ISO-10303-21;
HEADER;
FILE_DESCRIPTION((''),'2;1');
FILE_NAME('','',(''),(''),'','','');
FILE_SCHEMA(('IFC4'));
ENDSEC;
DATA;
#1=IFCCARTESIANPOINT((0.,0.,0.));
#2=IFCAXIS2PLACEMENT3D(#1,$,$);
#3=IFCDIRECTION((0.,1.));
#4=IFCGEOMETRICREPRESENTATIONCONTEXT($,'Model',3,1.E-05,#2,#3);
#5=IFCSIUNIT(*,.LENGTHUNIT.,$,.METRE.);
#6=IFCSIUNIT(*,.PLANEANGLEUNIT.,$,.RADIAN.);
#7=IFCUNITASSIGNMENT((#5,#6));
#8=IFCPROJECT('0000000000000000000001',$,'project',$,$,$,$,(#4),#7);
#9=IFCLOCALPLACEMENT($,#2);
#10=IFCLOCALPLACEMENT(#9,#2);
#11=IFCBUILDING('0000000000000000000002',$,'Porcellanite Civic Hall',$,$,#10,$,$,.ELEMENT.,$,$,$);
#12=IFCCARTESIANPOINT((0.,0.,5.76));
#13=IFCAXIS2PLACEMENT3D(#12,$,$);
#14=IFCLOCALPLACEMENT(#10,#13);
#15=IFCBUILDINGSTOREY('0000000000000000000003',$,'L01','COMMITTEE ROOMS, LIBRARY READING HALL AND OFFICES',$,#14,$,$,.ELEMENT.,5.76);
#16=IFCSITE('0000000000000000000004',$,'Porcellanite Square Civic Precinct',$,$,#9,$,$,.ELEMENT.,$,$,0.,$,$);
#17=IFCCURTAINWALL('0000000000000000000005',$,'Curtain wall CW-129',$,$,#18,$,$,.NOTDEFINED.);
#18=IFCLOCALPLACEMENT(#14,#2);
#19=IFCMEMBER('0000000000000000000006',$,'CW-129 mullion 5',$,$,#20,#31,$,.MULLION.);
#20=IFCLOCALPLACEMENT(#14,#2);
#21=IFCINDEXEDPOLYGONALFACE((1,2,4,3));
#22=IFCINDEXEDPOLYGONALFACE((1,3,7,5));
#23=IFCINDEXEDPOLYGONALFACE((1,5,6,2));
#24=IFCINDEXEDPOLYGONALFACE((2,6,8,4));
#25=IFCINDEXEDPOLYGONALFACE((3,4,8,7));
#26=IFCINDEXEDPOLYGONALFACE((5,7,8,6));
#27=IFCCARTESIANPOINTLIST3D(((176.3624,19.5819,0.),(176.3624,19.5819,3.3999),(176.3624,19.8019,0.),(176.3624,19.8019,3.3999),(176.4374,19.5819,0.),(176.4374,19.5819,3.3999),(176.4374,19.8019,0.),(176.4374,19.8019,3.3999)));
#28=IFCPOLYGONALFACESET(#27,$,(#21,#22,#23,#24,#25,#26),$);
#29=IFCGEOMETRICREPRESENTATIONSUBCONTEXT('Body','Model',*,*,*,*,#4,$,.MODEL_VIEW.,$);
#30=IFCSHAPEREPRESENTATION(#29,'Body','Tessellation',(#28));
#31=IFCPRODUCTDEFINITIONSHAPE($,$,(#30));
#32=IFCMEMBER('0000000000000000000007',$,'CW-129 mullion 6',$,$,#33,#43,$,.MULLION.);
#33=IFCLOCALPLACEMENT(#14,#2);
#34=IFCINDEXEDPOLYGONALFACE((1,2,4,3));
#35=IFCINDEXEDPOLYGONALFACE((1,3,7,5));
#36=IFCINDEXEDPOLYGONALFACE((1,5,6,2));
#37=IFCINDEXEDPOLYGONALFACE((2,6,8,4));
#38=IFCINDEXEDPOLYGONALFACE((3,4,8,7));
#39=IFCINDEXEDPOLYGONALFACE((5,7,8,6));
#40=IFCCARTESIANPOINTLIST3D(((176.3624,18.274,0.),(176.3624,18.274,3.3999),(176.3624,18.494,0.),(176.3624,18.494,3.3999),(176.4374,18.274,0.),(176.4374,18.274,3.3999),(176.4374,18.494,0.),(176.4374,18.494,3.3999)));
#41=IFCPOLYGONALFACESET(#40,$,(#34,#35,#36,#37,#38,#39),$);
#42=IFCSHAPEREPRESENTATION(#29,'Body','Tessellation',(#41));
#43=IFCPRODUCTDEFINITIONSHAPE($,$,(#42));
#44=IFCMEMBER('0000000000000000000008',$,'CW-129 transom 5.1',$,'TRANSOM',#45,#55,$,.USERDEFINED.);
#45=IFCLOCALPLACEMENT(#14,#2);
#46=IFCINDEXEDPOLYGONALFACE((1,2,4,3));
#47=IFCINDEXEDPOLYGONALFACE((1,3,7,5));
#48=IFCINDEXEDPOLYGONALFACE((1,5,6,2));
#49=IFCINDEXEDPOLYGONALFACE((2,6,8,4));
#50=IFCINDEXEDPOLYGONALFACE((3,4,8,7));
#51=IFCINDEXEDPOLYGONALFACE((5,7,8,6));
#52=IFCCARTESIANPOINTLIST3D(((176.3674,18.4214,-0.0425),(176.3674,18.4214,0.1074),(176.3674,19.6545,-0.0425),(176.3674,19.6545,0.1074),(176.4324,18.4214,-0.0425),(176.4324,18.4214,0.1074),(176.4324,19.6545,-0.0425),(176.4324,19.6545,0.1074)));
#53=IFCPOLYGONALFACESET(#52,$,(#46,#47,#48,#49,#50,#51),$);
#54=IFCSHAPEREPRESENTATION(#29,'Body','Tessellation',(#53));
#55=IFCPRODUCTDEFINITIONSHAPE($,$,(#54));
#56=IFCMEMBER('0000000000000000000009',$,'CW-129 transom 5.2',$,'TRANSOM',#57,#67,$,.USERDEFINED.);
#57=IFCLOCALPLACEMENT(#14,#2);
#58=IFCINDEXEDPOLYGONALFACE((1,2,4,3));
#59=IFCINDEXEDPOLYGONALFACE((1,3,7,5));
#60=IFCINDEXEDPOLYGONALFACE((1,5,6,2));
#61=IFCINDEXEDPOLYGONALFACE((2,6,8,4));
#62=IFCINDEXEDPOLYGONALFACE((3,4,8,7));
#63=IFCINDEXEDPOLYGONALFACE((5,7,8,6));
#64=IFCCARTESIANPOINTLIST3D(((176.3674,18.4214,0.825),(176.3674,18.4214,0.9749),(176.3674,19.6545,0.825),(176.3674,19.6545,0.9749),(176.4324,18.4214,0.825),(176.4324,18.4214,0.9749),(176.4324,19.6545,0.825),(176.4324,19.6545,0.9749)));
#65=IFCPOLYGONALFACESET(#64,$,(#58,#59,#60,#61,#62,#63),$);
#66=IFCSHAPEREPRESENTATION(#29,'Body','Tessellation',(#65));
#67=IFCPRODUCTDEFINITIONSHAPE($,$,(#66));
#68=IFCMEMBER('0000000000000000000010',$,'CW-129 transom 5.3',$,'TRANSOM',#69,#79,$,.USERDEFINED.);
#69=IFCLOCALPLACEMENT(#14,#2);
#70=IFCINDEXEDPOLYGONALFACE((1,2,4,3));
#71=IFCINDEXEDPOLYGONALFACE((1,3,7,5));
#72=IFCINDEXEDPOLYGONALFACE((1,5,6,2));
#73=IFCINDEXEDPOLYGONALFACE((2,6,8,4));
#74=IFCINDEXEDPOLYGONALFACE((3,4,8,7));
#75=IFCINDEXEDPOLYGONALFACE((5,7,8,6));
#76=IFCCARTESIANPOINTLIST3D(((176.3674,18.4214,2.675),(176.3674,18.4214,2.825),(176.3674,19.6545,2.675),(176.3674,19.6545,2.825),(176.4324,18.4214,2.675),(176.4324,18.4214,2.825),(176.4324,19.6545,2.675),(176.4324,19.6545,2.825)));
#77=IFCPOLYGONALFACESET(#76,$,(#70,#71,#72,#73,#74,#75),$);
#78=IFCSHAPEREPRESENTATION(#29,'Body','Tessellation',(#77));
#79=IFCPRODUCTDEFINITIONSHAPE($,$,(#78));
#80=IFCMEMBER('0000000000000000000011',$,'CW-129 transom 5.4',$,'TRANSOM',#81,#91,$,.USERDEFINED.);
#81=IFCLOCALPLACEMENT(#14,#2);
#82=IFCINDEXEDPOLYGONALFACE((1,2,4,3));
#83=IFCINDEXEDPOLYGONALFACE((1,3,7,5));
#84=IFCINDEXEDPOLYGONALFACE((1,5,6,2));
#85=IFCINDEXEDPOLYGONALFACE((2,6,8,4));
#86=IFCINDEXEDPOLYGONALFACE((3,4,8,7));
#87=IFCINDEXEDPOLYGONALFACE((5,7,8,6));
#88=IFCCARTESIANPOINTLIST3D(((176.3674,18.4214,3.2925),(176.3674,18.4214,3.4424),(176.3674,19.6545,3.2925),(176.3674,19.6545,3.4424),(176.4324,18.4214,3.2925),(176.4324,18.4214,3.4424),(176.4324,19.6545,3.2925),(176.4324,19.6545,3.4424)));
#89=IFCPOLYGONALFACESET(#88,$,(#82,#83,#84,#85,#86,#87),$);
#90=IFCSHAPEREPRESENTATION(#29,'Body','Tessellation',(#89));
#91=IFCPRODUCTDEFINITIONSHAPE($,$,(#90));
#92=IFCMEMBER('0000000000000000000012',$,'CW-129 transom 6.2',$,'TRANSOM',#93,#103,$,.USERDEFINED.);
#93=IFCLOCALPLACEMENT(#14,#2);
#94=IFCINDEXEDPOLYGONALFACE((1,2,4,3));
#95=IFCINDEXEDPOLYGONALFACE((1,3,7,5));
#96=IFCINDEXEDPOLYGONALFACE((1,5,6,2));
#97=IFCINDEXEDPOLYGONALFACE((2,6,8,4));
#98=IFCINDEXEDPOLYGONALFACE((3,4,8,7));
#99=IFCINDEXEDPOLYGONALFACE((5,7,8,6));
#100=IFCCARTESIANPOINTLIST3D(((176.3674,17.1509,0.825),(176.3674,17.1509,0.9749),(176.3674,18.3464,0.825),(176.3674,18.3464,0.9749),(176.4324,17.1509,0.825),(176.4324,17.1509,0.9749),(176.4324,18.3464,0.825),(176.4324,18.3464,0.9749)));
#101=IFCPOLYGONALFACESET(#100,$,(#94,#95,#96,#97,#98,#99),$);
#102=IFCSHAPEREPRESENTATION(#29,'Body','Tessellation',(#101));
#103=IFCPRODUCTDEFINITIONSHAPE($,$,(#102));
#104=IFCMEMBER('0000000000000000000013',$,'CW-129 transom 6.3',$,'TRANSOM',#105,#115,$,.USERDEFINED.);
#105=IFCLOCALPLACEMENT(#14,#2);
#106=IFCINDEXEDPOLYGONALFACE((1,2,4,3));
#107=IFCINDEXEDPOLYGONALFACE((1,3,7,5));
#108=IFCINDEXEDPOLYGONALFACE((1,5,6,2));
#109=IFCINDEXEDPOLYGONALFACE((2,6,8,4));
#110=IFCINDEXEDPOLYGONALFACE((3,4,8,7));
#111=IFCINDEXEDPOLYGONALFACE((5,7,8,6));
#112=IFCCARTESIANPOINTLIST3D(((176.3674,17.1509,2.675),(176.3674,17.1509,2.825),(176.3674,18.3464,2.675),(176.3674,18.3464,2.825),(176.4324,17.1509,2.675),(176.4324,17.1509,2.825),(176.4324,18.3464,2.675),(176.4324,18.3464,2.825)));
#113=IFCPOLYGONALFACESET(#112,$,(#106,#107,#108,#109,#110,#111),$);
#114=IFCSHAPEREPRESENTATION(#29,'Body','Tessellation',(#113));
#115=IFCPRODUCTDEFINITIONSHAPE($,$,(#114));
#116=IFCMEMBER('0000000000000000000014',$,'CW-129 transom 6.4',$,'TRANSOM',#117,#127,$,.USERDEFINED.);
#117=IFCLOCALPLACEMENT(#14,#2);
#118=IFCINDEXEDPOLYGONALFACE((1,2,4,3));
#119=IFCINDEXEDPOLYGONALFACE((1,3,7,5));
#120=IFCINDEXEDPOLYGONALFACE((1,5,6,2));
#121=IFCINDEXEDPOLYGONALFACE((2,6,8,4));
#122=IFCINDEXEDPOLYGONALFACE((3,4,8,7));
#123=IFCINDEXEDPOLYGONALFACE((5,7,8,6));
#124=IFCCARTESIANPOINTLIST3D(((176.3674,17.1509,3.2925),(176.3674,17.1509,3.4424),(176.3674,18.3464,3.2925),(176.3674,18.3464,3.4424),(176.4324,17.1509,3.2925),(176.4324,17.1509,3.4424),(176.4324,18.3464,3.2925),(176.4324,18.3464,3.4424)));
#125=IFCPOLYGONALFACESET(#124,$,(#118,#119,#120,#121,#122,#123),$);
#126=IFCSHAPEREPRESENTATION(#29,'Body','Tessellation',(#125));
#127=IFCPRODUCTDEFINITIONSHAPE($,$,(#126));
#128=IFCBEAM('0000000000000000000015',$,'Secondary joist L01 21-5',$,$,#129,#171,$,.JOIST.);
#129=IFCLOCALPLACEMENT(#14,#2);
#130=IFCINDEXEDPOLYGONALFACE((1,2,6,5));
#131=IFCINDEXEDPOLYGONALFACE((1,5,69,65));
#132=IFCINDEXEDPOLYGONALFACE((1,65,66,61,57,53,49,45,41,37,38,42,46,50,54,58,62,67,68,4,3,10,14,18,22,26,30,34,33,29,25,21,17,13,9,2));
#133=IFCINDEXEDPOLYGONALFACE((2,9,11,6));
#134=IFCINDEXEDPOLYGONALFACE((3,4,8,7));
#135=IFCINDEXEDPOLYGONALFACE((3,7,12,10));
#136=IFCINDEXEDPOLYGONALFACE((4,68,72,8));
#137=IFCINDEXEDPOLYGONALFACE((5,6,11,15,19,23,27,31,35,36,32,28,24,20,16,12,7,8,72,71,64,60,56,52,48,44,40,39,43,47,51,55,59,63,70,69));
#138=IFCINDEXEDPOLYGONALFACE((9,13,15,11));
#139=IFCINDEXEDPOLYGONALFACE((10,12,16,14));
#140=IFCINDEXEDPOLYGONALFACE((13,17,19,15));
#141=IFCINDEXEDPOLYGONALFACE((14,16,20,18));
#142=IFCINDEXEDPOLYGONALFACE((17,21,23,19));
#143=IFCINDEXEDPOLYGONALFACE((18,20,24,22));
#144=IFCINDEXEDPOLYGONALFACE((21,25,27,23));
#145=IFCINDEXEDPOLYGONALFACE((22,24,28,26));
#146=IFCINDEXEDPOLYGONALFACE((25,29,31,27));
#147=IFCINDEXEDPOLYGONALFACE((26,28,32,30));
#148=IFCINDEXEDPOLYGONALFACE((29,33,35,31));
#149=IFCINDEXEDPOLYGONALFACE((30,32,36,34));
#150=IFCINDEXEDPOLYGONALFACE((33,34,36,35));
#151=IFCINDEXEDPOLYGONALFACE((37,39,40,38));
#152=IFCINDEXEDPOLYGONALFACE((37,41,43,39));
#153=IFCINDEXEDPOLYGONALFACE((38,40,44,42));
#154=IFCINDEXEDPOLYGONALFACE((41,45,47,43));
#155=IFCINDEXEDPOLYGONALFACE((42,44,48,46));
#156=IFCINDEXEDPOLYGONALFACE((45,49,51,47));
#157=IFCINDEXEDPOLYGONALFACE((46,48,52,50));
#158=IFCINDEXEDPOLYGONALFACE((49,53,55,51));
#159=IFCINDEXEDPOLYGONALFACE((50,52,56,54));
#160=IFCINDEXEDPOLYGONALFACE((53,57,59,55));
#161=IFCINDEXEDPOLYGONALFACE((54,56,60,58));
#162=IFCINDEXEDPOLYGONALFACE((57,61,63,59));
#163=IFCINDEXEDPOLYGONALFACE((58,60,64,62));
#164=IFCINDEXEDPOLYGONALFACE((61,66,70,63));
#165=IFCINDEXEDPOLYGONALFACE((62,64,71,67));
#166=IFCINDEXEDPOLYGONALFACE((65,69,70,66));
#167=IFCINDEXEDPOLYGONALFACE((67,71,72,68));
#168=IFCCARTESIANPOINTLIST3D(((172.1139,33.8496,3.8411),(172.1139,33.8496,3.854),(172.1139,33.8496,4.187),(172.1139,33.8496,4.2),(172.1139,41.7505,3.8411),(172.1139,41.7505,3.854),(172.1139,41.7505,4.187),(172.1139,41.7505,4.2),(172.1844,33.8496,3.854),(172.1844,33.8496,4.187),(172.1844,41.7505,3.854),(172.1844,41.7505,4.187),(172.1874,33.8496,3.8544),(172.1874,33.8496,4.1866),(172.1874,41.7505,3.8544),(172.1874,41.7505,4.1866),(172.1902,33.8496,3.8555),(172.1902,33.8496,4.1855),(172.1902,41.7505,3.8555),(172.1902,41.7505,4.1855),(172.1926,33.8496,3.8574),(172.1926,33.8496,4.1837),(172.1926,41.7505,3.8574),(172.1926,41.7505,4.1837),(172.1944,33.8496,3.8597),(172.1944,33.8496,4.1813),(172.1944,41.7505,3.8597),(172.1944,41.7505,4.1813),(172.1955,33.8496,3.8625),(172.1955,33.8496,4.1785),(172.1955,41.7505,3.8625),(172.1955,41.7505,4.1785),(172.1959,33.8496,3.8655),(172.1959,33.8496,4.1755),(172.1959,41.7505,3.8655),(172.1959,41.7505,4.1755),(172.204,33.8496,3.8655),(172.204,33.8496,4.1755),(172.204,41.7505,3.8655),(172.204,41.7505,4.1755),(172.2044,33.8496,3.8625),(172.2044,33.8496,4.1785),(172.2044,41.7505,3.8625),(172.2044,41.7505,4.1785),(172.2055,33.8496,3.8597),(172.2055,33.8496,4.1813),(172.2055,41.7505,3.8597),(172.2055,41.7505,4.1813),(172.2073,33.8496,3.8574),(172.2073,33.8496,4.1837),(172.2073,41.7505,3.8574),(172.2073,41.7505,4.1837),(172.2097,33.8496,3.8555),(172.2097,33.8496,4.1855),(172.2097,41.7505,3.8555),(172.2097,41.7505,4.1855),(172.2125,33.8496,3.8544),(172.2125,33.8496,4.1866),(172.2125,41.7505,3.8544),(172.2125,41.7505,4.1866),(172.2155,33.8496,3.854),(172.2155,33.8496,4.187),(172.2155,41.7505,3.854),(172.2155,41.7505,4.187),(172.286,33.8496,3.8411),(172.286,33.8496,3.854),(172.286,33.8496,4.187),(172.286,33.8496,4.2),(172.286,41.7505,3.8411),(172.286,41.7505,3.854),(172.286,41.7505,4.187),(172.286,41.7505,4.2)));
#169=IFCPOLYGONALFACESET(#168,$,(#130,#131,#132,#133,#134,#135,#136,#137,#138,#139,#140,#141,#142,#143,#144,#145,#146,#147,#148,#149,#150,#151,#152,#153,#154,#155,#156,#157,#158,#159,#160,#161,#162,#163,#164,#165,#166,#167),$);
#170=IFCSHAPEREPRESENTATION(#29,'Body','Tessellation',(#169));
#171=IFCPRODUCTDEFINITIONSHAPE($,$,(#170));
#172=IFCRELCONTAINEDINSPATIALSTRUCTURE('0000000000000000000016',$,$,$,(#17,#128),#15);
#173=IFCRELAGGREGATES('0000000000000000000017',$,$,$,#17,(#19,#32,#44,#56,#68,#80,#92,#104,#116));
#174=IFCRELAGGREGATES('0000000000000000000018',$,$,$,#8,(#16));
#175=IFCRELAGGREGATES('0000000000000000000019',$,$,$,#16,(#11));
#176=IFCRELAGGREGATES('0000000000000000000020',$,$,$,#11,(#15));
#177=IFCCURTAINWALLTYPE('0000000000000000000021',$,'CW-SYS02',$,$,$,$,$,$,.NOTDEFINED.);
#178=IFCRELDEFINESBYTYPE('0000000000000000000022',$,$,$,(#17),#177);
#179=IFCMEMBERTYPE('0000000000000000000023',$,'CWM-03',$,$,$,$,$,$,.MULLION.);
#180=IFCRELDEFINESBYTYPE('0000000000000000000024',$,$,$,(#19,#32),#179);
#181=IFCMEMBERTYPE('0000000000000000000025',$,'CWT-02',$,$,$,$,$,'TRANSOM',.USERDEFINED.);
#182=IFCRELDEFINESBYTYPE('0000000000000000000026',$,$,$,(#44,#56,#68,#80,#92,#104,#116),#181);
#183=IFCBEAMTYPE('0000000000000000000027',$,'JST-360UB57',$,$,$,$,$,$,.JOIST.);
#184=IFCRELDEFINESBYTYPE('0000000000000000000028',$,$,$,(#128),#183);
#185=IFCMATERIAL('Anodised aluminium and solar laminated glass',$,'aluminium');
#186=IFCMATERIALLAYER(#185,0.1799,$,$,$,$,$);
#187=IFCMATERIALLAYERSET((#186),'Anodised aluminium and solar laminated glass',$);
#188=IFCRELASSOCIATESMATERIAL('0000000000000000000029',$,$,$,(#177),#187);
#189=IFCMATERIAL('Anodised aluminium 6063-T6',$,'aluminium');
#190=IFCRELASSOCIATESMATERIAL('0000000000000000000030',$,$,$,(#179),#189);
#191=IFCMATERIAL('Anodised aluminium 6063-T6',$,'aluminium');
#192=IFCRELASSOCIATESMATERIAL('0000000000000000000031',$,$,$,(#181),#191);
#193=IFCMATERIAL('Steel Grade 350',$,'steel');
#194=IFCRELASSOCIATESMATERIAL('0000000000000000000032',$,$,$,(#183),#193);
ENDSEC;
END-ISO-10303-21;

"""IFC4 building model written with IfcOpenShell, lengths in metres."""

from ifc_helpers import new_model, si_unit, direction, frame, origin, origin_2d, place, context, subcontext, project, spatial, rectangle, i_section, extrude, material, layer, layer_set, material_profile, profile_set, type_object, element, aggregate, save


model = new_model("IFC4")

# Units and contexts
model_context = context("Model", 3, precision=1e-05, world=origin(), true_north=direction((0.0, 1.0)))
body_context = subcontext(model_context, "Body", "Model", "MODEL_VIEW")
ifc_project = project(units=[si_unit("LENGTHUNIT", "METRE"), si_unit("PLANEANGLEUNIT", "RADIAN")], contexts=[model_context])

# Site, building, storey
site_placement = place(None, origin())
site = spatial("IfcSite", under=ifc_project, at=site_placement, Name="Porcellanite Square Civic Precinct", CompositionType="ELEMENT", RefElevation=0.0)
building_placement = place(site_placement, origin())
building = spatial("IfcBuilding", under=site, at=building_placement, Name="Porcellanite Civic Hall", CompositionType="ELEMENT")
storey_placement = place(building_placement, frame((0.0, 0.0, 5.76)))
storey = spatial("IfcBuildingStorey", under=building, at=storey_placement, Name="L01", Description="COMMITTEE ROOMS, LIBRARY READING HALL AND OFFICES", CompositionType="ELEMENT", Elevation=5.76)

# Curtain wall, members
ifc_material_1 = material(Name="Anodised aluminium and solar laminated glass", Category="aluminium")
ifc_layer_1 = layer(ifc_material_1, 0.1799)
ifc_layer_set_1 = layer_set([ifc_layer_1], Name="Anodised aluminium and solar laminated glass")
curtain_wall_type = type_object("IfcCurtainWallType", Name="CW-SYS02", PredefinedType="NOTDEFINED", material=ifc_layer_set_1)
curtain_wall_placement = place(storey_placement, origin())
curtain_wall = element("IfcCurtainWall", 1, at=curtain_wall_placement, inside=storey, type_object=curtain_wall_type, Name="Curtain wall CW-129", PredefinedType="NOTDEFINED")
ifc_material_2 = material(Name="Anodised aluminium 6063-T6", Category="aluminium")
ifc_material_profile_1 = material_profile(ifc_material_2, rectangle(XDim=0.075, YDim=0.22, at=origin_2d()), Name="AL-75x220")
ifc_profile_set_1 = profile_set([ifc_material_profile_1], Name="Anodised aluminium 6063-T6")
member_type_1 = type_object("IfcMemberType", Name="CWM-03", PredefinedType="MULLION", material=ifc_profile_set_1)
member_1_placement = place(storey_placement, frame((176.3999, 19.6919, 0.0), z_axis=(0.0, 0.0, 1.0), x_axis=(1.0, 0.0, 0.0)))
member_1 = element("IfcMember", 2, at=member_1_placement, type_object=member_type_1, Name="CW-129 mullion 5", PredefinedType="MULLION", context=body_context, shape_type="SweptSolid", body=[
    extrude(rectangle(XDim=0.075, YDim=0.22, at=origin_2d()), origin(), (0.0, 0.0, 1.0), 3.3999),
])
member_2_placement = place(storey_placement, frame((176.3999, 18.384, 0.0), z_axis=(0.0, 0.0, 1.0), x_axis=(1.0, 0.0, 0.0)))
member_2 = element("IfcMember", 3, at=member_2_placement, type_object=member_type_1, Name="CW-129 mullion 6", PredefinedType="MULLION", context=body_context, shape_type="SweptSolid", body=[
    extrude(rectangle(XDim=0.075, YDim=0.22, at=origin_2d()), origin(), (0.0, 0.0, 1.0), 3.3999),
])
ifc_material_3 = material(Name="Anodised aluminium 6063-T6", Category="aluminium")
ifc_material_profile_2 = material_profile(ifc_material_3, rectangle(XDim=0.0649, YDim=0.1499, at=origin_2d()), Name="AL-65x150")
ifc_profile_set_2 = profile_set([ifc_material_profile_2], Name="Anodised aluminium 6063-T6")
member_type_2 = type_object("IfcMemberType", Name="CWT-02", ElementType="TRANSOM", PredefinedType="USERDEFINED", material=ifc_profile_set_2)
member_3_placement = place(storey_placement, frame((176.3999, 19.6545, 0.0325), z_axis=(0.0, -1.0, 0.0), x_axis=(1.0, 0.0, 0.0)))
member_3 = element("IfcMember", 4, at=member_3_placement, type_object=member_type_2, Name="CW-129 transom 5.1", ObjectType="TRANSOM", PredefinedType="USERDEFINED", context=body_context, shape_type="SweptSolid", body=[
    extrude(rectangle(XDim=0.0649, YDim=0.1499, at=origin_2d()), origin(), (0.0, 0.0, 1.0), 1.2332),
])
member_4_placement = place(storey_placement, frame((176.3999, 19.6545, 0.8999), z_axis=(0.0, -1.0, 0.0), x_axis=(1.0, 0.0, 0.0)))
member_4 = element("IfcMember", 5, at=member_4_placement, type_object=member_type_2, Name="CW-129 transom 5.2", ObjectType="TRANSOM", PredefinedType="USERDEFINED", context=body_context, shape_type="SweptSolid", body=[
    extrude(rectangle(XDim=0.0649, YDim=0.1499, at=origin_2d()), origin(), (0.0, 0.0, 1.0), 1.2332),
])
member_5_placement = place(storey_placement, frame((176.3999, 19.6545, 2.75), z_axis=(0.0, -1.0, 0.0), x_axis=(1.0, 0.0, 0.0)))
member_5 = element("IfcMember", 6, at=member_5_placement, type_object=member_type_2, Name="CW-129 transom 5.3", ObjectType="TRANSOM", PredefinedType="USERDEFINED", context=body_context, shape_type="SweptSolid", body=[
    extrude(rectangle(XDim=0.0649, YDim=0.1499, at=origin_2d()), origin(), (0.0, 0.0, 1.0), 1.2332),
])
member_6_placement = place(storey_placement, frame((176.3999, 19.6545, 3.3674), z_axis=(0.0, -1.0, 0.0), x_axis=(1.0, 0.0, 0.0)))
member_6 = element("IfcMember", 7, at=member_6_placement, type_object=member_type_2, Name="CW-129 transom 5.4", ObjectType="TRANSOM", PredefinedType="USERDEFINED", context=body_context, shape_type="SweptSolid", body=[
    extrude(rectangle(XDim=0.0649, YDim=0.1499, at=origin_2d()), origin(), (0.0, 0.0, 1.0), 1.2332),
])
member_7_placement = place(storey_placement, frame((176.3999, 18.3464, 0.8999), z_axis=(0.0, -1.0, 0.0), x_axis=(1.0, 0.0, 0.0)))
member_7 = element("IfcMember", 8, at=member_7_placement, type_object=member_type_2, Name="CW-129 transom 6.2", ObjectType="TRANSOM", PredefinedType="USERDEFINED", context=body_context, shape_type="SweptSolid", body=[
    extrude(rectangle(XDim=0.0649, YDim=0.1499, at=origin_2d()), origin(), (0.0, 0.0, 1.0), 1.1956),
])
member_8_placement = place(storey_placement, frame((176.3999, 18.3464, 2.75), z_axis=(0.0, -1.0, 0.0), x_axis=(1.0, 0.0, 0.0)))
member_8 = element("IfcMember", 9, at=member_8_placement, type_object=member_type_2, Name="CW-129 transom 6.3", ObjectType="TRANSOM", PredefinedType="USERDEFINED", context=body_context, shape_type="SweptSolid", body=[
    extrude(rectangle(XDim=0.0649, YDim=0.1499, at=origin_2d()), origin(), (0.0, 0.0, 1.0), 1.1956),
])
member_9_placement = place(storey_placement, frame((176.3999, 18.3464, 3.3674), z_axis=(0.0, -1.0, 0.0), x_axis=(1.0, 0.0, 0.0)))
member_9 = element("IfcMember", 10, at=member_9_placement, type_object=member_type_2, Name="CW-129 transom 6.4", ObjectType="TRANSOM", PredefinedType="USERDEFINED", context=body_context, shape_type="SweptSolid", body=[
    extrude(rectangle(XDim=0.0649, YDim=0.1499, at=origin_2d()), origin(), (0.0, 0.0, 1.0), 1.1956),
])

# Beam
ifc_material_4 = material(Name="Steel Grade 350", Category="steel")
ifc_material_profile_3 = material_profile(ifc_material_4, i_section(OverallWidth=0.1721, OverallDepth=0.3589, WebThickness=0.0081, FlangeThickness=0.0129, FilletRadius=0.0115, at=origin_2d()), Name="360UB56.7")
ifc_profile_set_3 = profile_set([ifc_material_profile_3], Name="Steel Grade 350")
beam_type_1 = type_object("IfcBeamType", Name="JST-360UB57", PredefinedType="JOIST", material=ifc_profile_set_3)
beam_1_placement = place(storey_placement, frame((172.2, 33.8496, 4.0205), z_axis=(0.0, 1.0, 0.0), x_axis=(-1.0, 0.0, 0.0)))
element("IfcBeam", 11, at=beam_1_placement, inside=storey, type_object=beam_type_1, Name="Secondary joist L01 21-5", PredefinedType="JOIST", context=body_context, shape_type="SweptSolid", body=[
    extrude(i_section(OverallWidth=0.1721, OverallDepth=0.3589, WebThickness=0.0081, FlangeThickness=0.0129, FilletRadius=0.0115, at=origin_2d()), origin(), (0.0, 0.0, 1.0), 7.9009),
])

aggregate(curtain_wall, [member_1, member_2, member_3, member_4, member_5, member_6, member_7, member_8, member_9])

save(model, "model.ifc")
